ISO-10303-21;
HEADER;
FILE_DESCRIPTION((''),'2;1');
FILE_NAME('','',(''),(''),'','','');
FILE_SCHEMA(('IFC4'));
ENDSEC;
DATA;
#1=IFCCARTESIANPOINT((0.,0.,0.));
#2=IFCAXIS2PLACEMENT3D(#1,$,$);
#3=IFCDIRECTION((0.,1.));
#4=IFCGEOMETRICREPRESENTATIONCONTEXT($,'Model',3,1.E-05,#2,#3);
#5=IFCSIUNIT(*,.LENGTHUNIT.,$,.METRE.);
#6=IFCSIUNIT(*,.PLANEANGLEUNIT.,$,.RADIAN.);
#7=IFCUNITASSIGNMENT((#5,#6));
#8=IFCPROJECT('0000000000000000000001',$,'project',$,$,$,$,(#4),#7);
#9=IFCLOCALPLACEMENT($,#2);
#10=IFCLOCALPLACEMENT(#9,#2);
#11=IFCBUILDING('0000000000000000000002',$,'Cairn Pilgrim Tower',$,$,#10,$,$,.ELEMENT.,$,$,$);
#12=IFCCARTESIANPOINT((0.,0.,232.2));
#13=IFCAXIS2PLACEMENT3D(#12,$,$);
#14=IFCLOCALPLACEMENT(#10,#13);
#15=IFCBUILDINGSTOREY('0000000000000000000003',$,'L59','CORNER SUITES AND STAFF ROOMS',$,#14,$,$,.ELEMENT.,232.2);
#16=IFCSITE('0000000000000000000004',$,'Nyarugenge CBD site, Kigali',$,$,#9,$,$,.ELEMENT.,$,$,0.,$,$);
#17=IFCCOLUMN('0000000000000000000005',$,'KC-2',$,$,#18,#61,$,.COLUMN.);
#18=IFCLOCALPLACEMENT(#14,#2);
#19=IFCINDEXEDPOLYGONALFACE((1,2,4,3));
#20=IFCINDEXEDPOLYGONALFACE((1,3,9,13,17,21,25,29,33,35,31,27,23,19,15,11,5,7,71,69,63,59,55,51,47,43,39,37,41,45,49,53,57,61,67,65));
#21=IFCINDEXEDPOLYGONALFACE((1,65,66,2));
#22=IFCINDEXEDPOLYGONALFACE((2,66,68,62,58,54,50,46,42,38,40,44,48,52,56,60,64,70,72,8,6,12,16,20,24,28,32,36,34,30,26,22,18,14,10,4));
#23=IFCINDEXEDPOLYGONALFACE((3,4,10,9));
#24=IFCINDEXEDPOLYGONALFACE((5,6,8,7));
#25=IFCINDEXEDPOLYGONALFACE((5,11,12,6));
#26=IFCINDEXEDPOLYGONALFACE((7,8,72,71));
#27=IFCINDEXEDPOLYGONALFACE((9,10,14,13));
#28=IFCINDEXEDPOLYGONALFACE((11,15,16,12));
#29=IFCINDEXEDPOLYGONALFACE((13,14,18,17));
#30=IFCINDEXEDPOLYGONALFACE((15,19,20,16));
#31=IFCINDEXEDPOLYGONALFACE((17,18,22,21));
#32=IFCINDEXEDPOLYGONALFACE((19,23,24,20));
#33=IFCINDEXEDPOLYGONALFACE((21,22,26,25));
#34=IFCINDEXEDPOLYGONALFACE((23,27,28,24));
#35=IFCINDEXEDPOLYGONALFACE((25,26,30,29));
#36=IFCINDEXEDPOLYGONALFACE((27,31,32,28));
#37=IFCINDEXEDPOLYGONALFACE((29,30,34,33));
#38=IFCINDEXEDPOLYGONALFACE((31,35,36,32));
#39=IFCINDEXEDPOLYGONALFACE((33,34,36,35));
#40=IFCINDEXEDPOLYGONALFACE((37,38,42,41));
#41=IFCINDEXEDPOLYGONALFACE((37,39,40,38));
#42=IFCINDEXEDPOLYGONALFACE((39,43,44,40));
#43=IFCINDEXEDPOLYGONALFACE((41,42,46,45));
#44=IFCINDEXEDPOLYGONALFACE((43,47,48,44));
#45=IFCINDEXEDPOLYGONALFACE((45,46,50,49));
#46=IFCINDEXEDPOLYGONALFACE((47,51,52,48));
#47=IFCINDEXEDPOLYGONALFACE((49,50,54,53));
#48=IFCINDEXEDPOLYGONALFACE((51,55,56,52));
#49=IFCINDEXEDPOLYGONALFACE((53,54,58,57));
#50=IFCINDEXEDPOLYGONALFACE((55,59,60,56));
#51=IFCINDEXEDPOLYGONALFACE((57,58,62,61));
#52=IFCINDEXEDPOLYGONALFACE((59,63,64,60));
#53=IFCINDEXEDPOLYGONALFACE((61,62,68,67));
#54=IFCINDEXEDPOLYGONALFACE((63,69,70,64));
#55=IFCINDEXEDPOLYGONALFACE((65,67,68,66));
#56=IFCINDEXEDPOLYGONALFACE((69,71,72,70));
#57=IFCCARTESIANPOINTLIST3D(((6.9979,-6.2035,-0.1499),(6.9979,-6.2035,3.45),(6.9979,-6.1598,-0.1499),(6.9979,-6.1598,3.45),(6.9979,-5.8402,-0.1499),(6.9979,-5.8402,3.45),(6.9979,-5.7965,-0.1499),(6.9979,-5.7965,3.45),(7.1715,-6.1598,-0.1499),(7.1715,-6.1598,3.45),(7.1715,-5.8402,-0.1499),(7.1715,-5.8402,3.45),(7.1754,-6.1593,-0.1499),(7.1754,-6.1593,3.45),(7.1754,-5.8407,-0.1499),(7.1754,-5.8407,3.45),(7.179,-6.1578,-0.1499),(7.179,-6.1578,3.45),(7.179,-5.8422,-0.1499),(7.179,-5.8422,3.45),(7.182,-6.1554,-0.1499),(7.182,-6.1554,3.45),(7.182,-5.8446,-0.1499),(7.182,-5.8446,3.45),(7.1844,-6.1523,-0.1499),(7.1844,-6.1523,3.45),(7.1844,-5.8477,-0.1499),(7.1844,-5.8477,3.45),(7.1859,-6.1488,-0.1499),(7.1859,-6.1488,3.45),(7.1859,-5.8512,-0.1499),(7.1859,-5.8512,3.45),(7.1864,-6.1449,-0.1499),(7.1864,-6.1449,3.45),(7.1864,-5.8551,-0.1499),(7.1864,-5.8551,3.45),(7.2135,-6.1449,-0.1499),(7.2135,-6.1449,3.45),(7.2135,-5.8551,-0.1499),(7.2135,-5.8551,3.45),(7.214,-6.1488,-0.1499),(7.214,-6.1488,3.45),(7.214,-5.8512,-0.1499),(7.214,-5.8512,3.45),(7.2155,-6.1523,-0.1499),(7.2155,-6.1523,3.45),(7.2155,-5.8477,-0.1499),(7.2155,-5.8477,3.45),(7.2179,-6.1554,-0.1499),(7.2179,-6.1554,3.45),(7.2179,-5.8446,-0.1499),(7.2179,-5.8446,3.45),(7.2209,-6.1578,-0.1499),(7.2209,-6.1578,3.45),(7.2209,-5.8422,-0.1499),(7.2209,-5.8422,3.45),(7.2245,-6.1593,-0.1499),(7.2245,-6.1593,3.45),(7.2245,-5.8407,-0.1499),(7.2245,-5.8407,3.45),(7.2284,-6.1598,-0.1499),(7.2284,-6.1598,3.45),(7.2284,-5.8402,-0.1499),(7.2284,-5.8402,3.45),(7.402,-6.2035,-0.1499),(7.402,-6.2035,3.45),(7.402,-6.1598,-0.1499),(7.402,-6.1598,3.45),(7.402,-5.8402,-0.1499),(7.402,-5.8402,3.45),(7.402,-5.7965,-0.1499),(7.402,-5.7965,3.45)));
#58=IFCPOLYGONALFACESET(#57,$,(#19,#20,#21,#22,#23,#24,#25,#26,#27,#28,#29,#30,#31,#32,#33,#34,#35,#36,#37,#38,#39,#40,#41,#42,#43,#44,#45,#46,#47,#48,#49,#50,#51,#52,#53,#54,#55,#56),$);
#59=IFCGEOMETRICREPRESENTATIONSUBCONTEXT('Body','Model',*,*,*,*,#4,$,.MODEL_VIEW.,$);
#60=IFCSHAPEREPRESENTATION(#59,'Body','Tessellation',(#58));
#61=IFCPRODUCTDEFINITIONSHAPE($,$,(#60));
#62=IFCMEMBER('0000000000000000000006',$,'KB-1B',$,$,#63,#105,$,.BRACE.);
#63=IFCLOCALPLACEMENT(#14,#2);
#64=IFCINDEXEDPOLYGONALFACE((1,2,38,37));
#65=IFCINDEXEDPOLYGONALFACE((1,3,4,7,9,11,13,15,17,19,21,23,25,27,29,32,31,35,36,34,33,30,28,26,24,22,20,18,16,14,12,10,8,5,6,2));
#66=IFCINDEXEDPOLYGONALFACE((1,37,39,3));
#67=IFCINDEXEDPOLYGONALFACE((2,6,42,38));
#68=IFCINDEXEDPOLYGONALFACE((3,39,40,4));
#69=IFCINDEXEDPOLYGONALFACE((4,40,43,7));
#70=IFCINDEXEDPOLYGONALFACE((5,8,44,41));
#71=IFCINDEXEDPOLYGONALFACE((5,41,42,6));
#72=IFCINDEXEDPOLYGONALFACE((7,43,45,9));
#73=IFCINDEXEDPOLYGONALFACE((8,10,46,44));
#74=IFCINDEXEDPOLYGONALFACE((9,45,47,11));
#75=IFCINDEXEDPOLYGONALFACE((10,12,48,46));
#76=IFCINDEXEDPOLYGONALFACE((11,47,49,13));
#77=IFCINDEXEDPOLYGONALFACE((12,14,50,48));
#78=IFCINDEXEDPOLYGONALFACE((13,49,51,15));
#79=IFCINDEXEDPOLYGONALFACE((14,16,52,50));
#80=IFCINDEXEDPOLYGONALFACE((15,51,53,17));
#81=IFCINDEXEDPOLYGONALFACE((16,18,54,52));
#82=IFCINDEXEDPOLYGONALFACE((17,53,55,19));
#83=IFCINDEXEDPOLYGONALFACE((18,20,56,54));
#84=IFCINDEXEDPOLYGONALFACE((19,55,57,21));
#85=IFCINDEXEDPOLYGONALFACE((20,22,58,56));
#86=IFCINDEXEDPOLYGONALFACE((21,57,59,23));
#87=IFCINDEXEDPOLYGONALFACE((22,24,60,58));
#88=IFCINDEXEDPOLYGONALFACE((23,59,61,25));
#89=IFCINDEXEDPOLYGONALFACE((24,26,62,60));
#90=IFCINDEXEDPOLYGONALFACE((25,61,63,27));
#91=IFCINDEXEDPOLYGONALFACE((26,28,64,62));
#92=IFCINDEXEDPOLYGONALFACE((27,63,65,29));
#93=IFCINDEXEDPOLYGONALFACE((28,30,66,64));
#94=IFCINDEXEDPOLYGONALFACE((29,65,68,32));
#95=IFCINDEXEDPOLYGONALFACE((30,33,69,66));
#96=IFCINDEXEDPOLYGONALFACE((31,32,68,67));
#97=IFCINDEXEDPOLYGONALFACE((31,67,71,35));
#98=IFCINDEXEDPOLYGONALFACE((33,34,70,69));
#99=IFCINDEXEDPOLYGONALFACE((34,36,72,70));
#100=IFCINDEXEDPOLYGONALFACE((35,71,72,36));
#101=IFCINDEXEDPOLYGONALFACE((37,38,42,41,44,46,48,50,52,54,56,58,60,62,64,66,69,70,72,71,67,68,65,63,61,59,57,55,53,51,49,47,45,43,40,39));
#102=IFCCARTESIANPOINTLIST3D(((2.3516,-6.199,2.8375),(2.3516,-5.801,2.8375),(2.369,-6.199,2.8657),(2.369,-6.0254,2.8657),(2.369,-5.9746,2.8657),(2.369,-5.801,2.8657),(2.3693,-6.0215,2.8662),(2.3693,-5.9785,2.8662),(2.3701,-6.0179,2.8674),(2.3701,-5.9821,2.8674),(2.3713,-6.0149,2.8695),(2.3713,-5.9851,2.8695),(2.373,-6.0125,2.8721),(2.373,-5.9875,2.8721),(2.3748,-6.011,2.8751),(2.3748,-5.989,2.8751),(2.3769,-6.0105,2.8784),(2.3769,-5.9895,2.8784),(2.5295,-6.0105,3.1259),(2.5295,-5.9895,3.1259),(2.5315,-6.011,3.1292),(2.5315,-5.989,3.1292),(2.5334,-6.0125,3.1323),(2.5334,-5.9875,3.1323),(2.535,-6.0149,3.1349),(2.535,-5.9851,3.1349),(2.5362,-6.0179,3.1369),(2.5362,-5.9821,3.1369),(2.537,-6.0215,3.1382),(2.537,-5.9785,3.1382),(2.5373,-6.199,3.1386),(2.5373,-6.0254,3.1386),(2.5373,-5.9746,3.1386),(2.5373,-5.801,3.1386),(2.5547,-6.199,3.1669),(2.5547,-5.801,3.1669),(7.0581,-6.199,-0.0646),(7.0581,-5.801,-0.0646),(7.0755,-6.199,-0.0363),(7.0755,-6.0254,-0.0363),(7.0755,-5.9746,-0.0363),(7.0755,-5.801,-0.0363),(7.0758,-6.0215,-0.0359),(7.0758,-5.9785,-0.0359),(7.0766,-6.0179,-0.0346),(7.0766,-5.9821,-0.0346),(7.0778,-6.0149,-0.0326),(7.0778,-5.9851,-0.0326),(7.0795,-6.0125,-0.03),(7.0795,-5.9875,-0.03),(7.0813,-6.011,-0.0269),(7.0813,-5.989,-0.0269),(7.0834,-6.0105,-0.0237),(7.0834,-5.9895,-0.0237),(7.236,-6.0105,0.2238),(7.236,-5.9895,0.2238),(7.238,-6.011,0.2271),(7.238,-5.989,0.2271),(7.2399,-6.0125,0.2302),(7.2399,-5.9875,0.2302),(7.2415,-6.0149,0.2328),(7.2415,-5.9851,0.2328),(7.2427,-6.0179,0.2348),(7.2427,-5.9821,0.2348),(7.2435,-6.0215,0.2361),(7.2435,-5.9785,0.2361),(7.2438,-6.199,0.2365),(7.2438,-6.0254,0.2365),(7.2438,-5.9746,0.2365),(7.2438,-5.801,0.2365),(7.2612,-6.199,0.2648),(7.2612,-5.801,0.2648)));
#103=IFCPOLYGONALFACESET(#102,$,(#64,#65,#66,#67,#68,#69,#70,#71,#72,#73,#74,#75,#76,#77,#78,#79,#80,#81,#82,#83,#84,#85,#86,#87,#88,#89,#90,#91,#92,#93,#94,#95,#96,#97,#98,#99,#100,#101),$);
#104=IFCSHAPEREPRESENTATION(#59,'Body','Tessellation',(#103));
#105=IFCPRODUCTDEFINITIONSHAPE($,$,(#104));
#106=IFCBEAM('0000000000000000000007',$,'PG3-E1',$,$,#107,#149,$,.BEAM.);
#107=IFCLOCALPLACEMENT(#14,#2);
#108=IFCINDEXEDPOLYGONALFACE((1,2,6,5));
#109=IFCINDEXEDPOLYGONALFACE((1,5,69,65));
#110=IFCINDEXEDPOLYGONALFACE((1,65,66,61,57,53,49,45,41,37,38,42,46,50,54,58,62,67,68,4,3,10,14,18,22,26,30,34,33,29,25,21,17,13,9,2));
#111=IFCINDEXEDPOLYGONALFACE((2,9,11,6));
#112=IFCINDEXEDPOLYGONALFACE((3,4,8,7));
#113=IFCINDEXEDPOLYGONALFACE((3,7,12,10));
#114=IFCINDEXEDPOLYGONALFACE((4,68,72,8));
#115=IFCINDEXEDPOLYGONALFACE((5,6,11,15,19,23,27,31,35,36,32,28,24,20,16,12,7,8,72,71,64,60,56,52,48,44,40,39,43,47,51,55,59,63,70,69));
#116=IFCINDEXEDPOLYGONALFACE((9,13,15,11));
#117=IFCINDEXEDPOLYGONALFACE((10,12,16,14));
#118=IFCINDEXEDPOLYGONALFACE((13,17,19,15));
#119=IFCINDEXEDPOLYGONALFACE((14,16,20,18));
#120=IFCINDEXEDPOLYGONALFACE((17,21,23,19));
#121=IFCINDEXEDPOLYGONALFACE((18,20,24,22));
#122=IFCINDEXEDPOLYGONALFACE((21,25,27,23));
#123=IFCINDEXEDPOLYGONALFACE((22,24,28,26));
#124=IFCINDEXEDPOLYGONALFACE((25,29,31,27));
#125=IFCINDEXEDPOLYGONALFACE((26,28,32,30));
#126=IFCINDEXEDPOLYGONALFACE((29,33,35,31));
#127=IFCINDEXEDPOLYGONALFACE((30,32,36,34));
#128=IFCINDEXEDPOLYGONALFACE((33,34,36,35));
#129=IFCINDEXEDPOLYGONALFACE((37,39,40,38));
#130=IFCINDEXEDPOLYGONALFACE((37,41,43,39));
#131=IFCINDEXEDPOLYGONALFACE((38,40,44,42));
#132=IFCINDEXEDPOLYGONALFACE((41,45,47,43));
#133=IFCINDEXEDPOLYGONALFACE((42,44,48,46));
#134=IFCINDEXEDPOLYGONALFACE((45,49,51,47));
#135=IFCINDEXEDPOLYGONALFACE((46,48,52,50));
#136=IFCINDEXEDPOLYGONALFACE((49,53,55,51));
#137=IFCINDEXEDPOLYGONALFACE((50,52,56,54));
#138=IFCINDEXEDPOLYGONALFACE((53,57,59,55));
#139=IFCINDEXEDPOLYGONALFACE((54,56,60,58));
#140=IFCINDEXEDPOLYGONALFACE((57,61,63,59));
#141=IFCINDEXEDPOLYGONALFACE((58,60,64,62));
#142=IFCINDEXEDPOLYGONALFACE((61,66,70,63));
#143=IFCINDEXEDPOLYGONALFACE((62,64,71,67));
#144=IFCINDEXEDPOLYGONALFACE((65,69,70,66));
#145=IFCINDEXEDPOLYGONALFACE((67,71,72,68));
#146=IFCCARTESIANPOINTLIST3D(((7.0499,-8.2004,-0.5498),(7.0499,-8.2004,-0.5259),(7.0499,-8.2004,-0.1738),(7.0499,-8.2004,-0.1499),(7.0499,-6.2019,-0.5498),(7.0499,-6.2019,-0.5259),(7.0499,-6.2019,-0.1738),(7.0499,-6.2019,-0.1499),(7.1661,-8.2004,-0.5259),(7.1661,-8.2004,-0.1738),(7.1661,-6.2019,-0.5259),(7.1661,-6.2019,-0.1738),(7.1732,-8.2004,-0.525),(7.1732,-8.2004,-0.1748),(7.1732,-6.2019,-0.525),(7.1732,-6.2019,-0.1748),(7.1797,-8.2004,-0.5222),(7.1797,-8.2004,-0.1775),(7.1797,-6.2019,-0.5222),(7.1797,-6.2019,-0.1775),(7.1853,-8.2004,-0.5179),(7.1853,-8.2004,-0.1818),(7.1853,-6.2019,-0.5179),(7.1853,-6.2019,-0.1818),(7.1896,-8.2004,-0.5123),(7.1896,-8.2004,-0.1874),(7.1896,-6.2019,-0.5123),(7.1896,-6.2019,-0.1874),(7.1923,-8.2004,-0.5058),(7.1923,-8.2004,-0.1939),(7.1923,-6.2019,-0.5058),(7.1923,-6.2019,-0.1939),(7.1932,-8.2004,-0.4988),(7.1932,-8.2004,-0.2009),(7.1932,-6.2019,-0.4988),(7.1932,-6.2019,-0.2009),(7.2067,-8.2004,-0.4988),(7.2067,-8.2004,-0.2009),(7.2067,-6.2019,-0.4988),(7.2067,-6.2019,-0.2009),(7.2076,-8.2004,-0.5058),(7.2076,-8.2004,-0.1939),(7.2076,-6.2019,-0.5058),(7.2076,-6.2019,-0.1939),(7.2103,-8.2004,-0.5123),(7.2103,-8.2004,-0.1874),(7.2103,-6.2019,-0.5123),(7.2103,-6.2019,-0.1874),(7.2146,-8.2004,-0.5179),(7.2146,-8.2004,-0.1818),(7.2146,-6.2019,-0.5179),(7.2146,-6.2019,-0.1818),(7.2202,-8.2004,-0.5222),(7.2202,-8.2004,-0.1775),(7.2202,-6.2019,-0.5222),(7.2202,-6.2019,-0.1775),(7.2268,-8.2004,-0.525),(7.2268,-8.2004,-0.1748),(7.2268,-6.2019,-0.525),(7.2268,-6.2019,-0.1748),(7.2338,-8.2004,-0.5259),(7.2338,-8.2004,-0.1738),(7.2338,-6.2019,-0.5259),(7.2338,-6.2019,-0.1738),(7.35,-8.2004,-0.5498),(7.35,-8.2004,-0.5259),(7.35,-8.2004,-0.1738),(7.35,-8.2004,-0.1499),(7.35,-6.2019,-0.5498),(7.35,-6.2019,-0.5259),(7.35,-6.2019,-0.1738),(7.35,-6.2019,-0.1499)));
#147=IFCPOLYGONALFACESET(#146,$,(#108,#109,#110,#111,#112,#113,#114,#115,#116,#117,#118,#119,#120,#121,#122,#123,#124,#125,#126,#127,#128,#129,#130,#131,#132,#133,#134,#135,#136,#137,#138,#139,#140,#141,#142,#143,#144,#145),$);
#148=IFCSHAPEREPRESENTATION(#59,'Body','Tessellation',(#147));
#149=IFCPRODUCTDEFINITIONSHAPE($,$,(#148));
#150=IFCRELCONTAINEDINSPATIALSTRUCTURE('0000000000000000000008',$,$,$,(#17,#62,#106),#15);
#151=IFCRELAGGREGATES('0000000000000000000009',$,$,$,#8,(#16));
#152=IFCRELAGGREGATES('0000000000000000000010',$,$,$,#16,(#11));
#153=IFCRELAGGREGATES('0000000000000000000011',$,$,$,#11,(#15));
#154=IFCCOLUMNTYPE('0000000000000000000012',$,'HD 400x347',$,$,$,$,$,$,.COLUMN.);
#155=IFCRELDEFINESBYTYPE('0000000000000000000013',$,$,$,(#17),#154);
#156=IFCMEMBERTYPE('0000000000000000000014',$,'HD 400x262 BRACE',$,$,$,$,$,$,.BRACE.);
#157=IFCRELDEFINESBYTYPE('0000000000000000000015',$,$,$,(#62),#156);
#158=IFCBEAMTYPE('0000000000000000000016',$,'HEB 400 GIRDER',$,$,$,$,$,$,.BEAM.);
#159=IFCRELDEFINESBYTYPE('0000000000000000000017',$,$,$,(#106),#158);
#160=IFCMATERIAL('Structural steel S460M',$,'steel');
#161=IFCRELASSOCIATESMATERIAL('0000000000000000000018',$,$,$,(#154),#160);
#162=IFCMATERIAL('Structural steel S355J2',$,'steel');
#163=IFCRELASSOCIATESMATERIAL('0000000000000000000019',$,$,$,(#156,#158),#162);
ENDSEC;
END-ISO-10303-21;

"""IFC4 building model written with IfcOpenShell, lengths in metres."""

from ifc_helpers import new_model, si_unit, direction, frame, origin, origin_2d, place, context, subcontext, project, spatial, i_section, extrude, material, material_profile, profile_set, type_object, element, save


model = new_model("IFC4")

# Units and contexts
model_context = context("Model", 3, precision=1e-05, world=origin(), true_north=direction((0.0, 1.0)))
body_context = subcontext(model_context, "Body", "Model", "MODEL_VIEW")
ifc_project = project(units=[si_unit("LENGTHUNIT", "METRE"), si_unit("PLANEANGLEUNIT", "RADIAN")], contexts=[model_context])

# Site, building, storey
site_placement = place(None, origin())
site = spatial("IfcSite", under=ifc_project, at=site_placement, Name="Nyarugenge CBD site, Kigali", CompositionType="ELEMENT", RefElevation=0.0)
building_placement = place(site_placement, origin())
building = spatial("IfcBuilding", under=site, at=building_placement, Name="Cairn Pilgrim Tower", CompositionType="ELEMENT")
storey_placement = place(building_placement, frame((0.0, 0.0, 232.2)))
storey = spatial("IfcBuildingStorey", under=building, at=storey_placement, Name="L59", Description="CORNER SUITES AND STAFF ROOMS", CompositionType="ELEMENT", Elevation=232.2)

# Column
ifc_material_1 = material(Name="Structural steel S460M", Category="steel")
ifc_material_profile_1 = material_profile(ifc_material_1, i_section(OverallWidth=0.4041, OverallDepth=0.407, WebThickness=0.0271, FlangeThickness=0.0437, FilletRadius=0.0149, at=origin_2d()), Name="HD 400x347")
ifc_profile_set_1 = profile_set([ifc_material_profile_1], Name="Structural steel S460M")
column_type = type_object("IfcColumnType", Name="HD 400x347", PredefinedType="COLUMN", material=ifc_profile_set_1)
column_placement = place(storey_placement, frame((7.2, -6.0, -0.1499), z_axis=(0.0, 0.0, 1.0), x_axis=(1.0, 0.0, 0.0)))
element("IfcColumn", 1, at=column_placement, inside=storey, type_object=column_type, Name="KC-2", PredefinedType="COLUMN", context=body_context, shape_type="SweptSolid", body=[
    extrude(i_section(OverallWidth=0.4041, OverallDepth=0.407, WebThickness=0.0271, FlangeThickness=0.0437, FilletRadius=0.0149, at=origin_2d()), origin(), (0.0, 0.0, 1.0), 3.5999),
])

# Member
ifc_material_2 = material(Name="Structural steel S355J2", Category="steel")
ifc_material_profile_2 = material_profile(ifc_material_2, i_section(OverallWidth=0.3979, OverallDepth=0.387, WebThickness=0.021, FlangeThickness=0.0332, FilletRadius=0.0149, at=origin_2d()), Name="HD 400x262")
ifc_profile_set_2 = profile_set([ifc_material_profile_2], Name="Structural steel S355J2")
member_type = type_object("IfcMemberType", Name="HD 400x262 BRACE", PredefinedType="BRACE", material=ifc_profile_set_2)
member_placement = place(storey_placement, frame((7.1597, -6.0, 0.1001), z_axis=(-0.851193, 0.0, 0.524854), x_axis=(0.0, -1.0, 0.0)))
element("IfcMember", 2, at=member_placement, inside=storey, type_object=member_type, Name="KB-1B", PredefinedType="BRACE", context=body_context, shape_type="SweptSolid", body=[
    extrude(i_section(OverallWidth=0.3979, OverallDepth=0.387, WebThickness=0.021, FlangeThickness=0.0332, FilletRadius=0.0149, at=origin_2d()), origin(), (0.0, 0.0, 1.0), 5.5293),
])

# Beam
ifc_material_profile_3 = material_profile(ifc_material_2, i_section(OverallWidth=0.3, OverallDepth=0.3999, WebThickness=0.0134, FlangeThickness=0.0239, FilletRadius=0.0271, at=origin_2d()), Name="HEB 400")
ifc_profile_set_3 = profile_set([ifc_material_profile_3], Name="Structural steel S355J2")
beam_type_1 = type_object("IfcBeamType", Name="HEB 400 GIRDER", PredefinedType="BEAM", material=ifc_profile_set_3)
beam_1_placement = place(storey_placement, frame((7.2, -8.2004, -0.3499), z_axis=(0.0, 1.0, 0.0), x_axis=(-1.0, 0.0, 0.0)))
element("IfcBeam", 3, at=beam_1_placement, inside=storey, type_object=beam_type_1, Name="PG3-E1", PredefinedType="BEAM", context=body_context, shape_type="SweptSolid", body=[
    extrude(i_section(OverallWidth=0.3, OverallDepth=0.3999, WebThickness=0.0134, FlangeThickness=0.0239, FilletRadius=0.0271, at=origin_2d()), origin(), (0.0, 0.0, 1.0), 1.9985),
])

save(model, "model.ifc")
